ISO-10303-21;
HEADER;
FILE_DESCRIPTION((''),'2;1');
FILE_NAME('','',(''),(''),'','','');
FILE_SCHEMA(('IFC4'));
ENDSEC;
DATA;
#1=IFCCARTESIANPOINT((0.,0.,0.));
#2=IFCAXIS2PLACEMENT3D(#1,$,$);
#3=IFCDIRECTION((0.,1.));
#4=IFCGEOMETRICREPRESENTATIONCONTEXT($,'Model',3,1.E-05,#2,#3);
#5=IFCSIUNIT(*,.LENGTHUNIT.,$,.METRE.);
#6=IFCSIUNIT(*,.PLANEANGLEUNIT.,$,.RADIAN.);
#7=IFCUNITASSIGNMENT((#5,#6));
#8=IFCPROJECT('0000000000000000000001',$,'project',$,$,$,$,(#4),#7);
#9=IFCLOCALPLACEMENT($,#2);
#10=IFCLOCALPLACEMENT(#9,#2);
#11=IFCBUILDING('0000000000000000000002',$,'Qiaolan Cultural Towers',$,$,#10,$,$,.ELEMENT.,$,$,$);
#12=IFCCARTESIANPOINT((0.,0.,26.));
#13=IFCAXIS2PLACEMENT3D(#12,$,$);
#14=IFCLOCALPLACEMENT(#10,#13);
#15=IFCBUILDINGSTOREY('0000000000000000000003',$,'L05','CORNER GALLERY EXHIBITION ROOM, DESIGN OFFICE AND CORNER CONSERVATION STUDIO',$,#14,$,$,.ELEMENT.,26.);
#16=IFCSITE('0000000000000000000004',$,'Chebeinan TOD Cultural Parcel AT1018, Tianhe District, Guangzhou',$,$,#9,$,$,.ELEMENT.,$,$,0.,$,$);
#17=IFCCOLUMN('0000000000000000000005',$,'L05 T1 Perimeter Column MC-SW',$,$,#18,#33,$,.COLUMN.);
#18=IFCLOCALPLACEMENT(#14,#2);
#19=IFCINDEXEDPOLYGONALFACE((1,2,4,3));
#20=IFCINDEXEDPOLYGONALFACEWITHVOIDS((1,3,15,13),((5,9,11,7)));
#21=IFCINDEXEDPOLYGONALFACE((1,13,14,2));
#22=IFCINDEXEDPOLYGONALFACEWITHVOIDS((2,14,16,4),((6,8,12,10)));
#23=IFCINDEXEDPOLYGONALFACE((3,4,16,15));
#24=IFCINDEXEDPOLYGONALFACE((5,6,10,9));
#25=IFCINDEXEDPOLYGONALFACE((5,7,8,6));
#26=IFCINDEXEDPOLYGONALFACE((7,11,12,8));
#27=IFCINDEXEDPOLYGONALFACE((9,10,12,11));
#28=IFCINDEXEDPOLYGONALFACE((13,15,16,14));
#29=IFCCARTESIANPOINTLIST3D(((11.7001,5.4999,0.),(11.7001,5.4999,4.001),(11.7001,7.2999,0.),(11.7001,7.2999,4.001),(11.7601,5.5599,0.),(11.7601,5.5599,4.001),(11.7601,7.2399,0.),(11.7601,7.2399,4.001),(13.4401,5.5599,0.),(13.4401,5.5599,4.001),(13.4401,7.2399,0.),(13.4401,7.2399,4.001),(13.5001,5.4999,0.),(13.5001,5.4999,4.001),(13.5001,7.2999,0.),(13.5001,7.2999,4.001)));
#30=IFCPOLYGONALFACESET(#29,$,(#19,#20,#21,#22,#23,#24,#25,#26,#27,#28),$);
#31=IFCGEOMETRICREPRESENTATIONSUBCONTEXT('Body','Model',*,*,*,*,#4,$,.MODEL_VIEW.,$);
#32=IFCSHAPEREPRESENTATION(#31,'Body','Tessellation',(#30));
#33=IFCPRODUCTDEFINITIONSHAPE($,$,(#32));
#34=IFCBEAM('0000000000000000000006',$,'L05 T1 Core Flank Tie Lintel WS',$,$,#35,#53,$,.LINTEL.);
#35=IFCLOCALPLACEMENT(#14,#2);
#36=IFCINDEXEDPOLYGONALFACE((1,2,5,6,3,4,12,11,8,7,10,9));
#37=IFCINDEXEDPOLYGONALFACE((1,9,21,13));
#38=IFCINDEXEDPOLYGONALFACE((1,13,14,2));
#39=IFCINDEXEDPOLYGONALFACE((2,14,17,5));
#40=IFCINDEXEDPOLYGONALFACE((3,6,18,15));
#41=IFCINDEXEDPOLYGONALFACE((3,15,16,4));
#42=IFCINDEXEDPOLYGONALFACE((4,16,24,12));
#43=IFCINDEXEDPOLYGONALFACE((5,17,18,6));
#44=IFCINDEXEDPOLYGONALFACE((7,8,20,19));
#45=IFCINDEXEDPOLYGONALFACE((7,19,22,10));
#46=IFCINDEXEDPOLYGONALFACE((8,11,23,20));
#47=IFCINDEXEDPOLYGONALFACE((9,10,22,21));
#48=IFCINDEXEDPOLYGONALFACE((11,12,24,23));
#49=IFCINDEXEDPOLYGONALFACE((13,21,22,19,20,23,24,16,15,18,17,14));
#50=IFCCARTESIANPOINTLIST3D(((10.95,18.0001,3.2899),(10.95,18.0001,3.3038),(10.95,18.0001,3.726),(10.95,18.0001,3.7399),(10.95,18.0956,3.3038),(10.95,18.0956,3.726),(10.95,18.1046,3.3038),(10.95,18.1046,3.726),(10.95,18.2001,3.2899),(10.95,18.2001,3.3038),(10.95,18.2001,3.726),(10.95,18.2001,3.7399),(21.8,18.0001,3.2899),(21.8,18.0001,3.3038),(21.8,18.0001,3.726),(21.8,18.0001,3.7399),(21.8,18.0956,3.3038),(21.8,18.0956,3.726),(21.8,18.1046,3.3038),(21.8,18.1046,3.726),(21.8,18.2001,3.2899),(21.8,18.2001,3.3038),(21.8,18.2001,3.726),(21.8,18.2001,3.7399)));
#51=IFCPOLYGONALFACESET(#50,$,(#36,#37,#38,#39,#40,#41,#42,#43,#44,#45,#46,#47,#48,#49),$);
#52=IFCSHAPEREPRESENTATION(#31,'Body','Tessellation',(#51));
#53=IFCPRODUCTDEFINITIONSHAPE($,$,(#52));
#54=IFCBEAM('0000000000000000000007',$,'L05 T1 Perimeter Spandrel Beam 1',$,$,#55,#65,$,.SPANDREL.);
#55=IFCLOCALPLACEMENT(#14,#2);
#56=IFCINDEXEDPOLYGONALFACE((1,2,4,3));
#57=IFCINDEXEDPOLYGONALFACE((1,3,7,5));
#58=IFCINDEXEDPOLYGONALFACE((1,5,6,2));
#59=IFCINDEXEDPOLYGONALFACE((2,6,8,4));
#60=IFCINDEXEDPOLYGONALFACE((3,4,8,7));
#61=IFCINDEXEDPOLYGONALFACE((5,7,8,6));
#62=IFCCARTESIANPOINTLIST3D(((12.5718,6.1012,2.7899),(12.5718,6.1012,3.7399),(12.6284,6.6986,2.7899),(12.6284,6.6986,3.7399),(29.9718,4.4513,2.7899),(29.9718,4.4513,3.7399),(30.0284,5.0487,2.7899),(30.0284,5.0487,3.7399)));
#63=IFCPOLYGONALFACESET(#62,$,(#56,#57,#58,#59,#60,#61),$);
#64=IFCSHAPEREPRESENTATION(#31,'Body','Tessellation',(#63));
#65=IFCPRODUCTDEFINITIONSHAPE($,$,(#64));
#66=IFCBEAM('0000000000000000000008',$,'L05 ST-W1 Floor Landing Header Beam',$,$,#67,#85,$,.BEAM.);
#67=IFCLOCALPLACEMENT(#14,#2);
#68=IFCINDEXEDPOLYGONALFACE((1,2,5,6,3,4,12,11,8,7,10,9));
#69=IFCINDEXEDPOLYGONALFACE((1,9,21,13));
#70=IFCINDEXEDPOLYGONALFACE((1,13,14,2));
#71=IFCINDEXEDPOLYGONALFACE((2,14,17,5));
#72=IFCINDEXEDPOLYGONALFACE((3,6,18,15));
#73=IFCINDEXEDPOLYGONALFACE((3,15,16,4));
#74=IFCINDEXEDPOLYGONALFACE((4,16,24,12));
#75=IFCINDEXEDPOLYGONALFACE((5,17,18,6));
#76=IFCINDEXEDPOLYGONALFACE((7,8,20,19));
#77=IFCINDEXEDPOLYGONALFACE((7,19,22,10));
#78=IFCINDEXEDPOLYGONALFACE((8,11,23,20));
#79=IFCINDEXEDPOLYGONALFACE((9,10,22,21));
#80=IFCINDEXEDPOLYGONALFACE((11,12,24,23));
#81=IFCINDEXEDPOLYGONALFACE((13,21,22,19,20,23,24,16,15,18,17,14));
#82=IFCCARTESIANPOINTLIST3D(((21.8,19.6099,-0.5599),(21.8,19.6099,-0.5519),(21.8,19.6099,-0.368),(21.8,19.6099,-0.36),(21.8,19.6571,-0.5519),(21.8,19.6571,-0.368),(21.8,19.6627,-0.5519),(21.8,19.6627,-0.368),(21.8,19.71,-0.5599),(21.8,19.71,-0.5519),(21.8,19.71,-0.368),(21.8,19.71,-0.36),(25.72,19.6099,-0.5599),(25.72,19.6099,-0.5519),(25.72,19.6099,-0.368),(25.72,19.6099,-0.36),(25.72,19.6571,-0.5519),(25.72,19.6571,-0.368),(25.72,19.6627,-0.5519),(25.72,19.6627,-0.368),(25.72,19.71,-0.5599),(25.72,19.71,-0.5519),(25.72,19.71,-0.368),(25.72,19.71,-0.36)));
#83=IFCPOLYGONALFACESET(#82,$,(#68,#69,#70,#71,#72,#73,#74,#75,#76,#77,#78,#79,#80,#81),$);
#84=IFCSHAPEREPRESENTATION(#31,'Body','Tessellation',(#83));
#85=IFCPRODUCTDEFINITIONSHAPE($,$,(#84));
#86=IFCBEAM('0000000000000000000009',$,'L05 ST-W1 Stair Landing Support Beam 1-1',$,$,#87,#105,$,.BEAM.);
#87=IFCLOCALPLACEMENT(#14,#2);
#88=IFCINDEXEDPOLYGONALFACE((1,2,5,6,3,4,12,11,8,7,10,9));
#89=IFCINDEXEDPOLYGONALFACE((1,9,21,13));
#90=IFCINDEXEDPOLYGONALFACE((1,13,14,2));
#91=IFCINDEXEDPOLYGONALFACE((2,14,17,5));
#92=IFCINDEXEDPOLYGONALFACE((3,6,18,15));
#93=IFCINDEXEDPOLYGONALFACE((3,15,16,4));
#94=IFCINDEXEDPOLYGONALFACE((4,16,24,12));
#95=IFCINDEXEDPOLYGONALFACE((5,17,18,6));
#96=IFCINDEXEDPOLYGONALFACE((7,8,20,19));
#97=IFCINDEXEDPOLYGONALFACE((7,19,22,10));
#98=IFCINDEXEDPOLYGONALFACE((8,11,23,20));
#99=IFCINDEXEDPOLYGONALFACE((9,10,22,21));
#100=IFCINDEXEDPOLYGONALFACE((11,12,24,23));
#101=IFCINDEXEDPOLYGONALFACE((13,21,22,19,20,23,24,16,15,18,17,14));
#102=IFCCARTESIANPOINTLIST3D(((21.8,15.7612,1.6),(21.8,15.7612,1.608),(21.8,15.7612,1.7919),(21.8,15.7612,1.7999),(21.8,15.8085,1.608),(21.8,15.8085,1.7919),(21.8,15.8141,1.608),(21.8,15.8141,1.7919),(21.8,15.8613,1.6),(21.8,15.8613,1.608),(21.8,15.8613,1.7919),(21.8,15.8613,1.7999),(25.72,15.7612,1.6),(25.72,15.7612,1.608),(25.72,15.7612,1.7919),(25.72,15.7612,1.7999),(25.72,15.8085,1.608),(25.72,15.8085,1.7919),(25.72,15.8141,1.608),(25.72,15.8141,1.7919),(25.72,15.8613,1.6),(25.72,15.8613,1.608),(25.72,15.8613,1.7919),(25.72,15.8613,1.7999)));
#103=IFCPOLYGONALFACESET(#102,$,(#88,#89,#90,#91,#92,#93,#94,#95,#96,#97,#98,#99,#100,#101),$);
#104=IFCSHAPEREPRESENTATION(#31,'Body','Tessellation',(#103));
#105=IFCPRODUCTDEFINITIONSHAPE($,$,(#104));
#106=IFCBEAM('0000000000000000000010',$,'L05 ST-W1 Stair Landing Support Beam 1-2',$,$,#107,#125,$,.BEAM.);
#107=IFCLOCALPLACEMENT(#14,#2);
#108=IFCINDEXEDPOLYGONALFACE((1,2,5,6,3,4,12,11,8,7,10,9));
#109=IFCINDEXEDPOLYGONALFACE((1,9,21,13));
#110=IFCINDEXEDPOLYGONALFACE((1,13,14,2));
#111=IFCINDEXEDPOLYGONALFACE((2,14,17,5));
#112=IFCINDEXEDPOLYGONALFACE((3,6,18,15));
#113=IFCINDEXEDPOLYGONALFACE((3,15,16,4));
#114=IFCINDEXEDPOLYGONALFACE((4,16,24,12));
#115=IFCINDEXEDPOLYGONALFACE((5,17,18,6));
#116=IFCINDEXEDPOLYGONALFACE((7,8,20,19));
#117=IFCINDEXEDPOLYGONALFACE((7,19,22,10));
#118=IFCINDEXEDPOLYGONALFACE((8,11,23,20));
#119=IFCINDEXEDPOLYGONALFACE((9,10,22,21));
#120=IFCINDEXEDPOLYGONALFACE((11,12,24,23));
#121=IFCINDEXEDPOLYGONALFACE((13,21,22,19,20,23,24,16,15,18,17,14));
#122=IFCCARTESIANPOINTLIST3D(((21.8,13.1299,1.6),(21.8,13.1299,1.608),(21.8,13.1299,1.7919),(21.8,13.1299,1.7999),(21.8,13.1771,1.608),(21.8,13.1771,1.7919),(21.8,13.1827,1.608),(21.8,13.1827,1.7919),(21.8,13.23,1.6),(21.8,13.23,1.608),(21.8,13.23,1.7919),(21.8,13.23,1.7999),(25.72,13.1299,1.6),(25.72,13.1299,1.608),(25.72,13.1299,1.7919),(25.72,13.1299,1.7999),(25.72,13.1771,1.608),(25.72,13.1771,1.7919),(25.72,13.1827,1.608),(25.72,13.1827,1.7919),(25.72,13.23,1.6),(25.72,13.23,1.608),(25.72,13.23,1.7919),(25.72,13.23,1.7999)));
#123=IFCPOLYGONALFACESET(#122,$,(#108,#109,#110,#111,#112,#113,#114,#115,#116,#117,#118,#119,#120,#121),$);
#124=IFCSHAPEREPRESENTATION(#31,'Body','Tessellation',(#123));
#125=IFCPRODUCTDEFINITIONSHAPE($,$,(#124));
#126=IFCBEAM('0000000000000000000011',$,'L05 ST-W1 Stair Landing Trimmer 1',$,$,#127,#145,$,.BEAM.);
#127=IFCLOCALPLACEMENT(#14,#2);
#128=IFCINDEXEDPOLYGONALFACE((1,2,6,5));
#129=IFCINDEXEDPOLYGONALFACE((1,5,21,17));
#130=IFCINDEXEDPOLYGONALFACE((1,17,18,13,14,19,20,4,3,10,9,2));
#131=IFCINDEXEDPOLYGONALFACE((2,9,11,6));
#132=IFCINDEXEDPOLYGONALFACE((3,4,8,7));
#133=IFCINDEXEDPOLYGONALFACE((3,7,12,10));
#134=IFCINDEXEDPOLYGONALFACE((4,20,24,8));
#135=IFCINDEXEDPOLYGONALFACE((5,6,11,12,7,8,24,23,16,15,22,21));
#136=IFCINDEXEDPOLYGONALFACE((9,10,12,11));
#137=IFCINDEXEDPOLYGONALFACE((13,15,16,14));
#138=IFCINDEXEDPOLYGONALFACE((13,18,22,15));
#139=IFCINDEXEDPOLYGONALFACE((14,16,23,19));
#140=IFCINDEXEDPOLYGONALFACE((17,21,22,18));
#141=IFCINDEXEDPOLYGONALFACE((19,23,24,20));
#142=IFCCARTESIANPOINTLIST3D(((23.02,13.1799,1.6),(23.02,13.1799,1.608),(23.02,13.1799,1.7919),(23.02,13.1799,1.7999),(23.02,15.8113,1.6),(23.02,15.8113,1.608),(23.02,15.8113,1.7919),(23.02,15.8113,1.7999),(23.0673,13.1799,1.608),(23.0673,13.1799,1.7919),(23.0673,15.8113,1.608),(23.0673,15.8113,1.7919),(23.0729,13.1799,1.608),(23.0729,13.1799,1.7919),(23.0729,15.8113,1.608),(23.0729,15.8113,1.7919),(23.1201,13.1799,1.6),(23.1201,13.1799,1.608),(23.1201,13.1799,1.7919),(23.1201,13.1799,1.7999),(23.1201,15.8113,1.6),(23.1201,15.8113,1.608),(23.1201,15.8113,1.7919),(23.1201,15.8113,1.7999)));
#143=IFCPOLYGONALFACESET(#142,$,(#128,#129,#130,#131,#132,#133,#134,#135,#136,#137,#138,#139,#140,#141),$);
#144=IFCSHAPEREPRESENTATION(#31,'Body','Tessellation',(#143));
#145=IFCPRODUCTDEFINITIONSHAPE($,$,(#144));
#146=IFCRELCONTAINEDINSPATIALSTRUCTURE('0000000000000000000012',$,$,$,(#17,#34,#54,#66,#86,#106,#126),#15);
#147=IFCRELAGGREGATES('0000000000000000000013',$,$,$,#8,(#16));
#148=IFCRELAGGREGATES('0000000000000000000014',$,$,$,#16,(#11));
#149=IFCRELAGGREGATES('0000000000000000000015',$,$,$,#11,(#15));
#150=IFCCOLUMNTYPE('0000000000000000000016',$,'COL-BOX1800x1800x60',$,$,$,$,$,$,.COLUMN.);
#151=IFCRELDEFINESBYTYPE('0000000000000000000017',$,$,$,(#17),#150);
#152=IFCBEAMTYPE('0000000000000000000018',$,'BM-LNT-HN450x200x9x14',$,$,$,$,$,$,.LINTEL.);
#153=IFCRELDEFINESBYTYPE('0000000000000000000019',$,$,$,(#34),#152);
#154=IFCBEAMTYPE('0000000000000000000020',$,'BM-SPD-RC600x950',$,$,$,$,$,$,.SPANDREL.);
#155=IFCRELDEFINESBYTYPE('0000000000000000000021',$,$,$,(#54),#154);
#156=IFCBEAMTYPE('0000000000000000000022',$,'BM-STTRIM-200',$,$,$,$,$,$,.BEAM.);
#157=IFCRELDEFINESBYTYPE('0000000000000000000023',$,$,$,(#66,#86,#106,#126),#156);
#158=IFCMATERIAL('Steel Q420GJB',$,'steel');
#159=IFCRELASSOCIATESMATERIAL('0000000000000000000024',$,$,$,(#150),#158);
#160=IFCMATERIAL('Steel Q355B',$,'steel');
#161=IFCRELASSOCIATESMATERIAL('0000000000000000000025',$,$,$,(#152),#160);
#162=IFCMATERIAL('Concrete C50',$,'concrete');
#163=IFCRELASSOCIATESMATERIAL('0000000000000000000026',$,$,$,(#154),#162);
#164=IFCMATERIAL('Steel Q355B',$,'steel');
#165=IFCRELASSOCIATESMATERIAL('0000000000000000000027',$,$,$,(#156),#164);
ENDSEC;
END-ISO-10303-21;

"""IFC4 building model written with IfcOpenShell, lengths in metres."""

from ifc_helpers import new_model, si_unit, direction, frame, origin, origin_2d, place, context, subcontext, project, spatial, rectangle, hollow_rectangle, i_section, extrude, material, material_profile, profile_set, type_object, element, save


model = new_model("IFC4")

# Units and contexts
model_context = context("Model", 3, precision=1e-05, world=origin(), true_north=direction((0.0, 1.0)))
body_context = subcontext(model_context, "Body", "Model", "MODEL_VIEW")
ifc_project = project(units=[si_unit("LENGTHUNIT", "METRE"), si_unit("PLANEANGLEUNIT", "RADIAN")], contexts=[model_context])

# Site, building, storey
site_placement = place(None, origin())
site = spatial("IfcSite", under=ifc_project, at=site_placement, Name="Chebeinan TOD Cultural Parcel AT1018, Tianhe District, Guangzhou", CompositionType="ELEMENT", RefElevation=0.0)
building_placement = place(site_placement, origin())
building = spatial("IfcBuilding", under=site, at=building_placement, Name="Qiaolan Cultural Towers", CompositionType="ELEMENT")
storey_placement = place(building_placement, frame((0.0, 0.0, 26.0)))
storey = spatial("IfcBuildingStorey", under=building, at=storey_placement, Name="L05", Description="CORNER GALLERY EXHIBITION ROOM, DESIGN OFFICE AND CORNER CONSERVATION STUDIO", CompositionType="ELEMENT", Elevation=26.0)

# Column
ifc_material_1 = material(Name="Steel Q420GJB", Category="steel")
ifc_material_profile_1 = material_profile(ifc_material_1, hollow_rectangle(XDim=1.8, YDim=1.8, WallThickness=0.0601, at=origin_2d()), Name="BOX1800x1800x60")
ifc_profile_set_1 = profile_set([ifc_material_profile_1], Name="Steel Q420GJB")
column_type = type_object("IfcColumnType", Name="COL-BOX1800x1800x60", PredefinedType="COLUMN", material=ifc_profile_set_1)
column_placement = place(storey_placement, frame((12.6001, 6.3999, 0.0), z_axis=(0.0, 0.0, 1.0), x_axis=(1.0, 0.0, 0.0)))
element("IfcColumn", 1, at=column_placement, inside=storey, type_object=column_type, Name="L05 T1 Perimeter Column MC-SW", PredefinedType="COLUMN", context=body_context, shape_type="SweptSolid", body=[
    extrude(hollow_rectangle(XDim=1.8, YDim=1.8, WallThickness=0.0601, at=origin_2d()), origin(), (0.0, 0.0, 1.0), 4.001),
])

# Beams
ifc_material_2 = material(Name="Steel Q355B", Category="steel")
ifc_material_profile_2 = material_profile(ifc_material_2, i_section(OverallWidth=0.2, OverallDepth=0.45, WebThickness=0.009, FlangeThickness=0.0139, at=origin_2d()), Name="HN450x200x9x14")
ifc_profile_set_2 = profile_set([ifc_material_profile_2], Name="Steel Q355B")
beam_type_1 = type_object("IfcBeamType", Name="BM-LNT-HN450x200x9x14", PredefinedType="LINTEL", material=ifc_profile_set_2)
beam_1_placement = place(storey_placement, frame((21.8, 18.1001, 3.5149), z_axis=(-1.0, 0.0, 0.0), x_axis=(0.0, -1.0, 0.0)))
element("IfcBeam", 2, at=beam_1_placement, inside=storey, type_object=beam_type_1, Name="L05 T1 Core Flank Tie Lintel WS", PredefinedType="LINTEL", context=body_context, shape_type="SweptSolid", body=[
    extrude(i_section(OverallWidth=0.2, OverallDepth=0.45, WebThickness=0.009, FlangeThickness=0.0139, at=origin_2d()), origin(), (0.0, 0.0, 1.0), 10.8501),
])
ifc_material_3 = material(Name="Concrete C50", Category="concrete")
ifc_material_profile_3 = material_profile(ifc_material_3, rectangle(XDim=0.6001, YDim=0.95, at=origin_2d()), Name="RC600x950")
ifc_profile_set_3 = profile_set([ifc_material_profile_3], Name="Concrete C50")
beam_type_2 = type_object("IfcBeamType", Name="BM-SPD-RC600x950", PredefinedType="SPANDREL", material=ifc_profile_set_3)
beam_2_placement = place(storey_placement, frame((12.6001, 6.3999, 3.2649), z_axis=(0.995534, -0.094399, 0.0), x_axis=(0.094399, 0.995534, 0.0)))
element("IfcBeam", 3, at=beam_2_placement, inside=storey, type_object=beam_type_2, Name="L05 T1 Perimeter Spandrel Beam 1", PredefinedType="SPANDREL", context=body_context, shape_type="SweptSolid", body=[
    extrude(rectangle(XDim=0.6001, YDim=0.95, at=origin_2d()), origin(), (0.0, 0.0, 1.0), 17.478),
])
ifc_material_4 = material(Name="Steel Q355B", Category="steel")
ifc_material_profile_4 = material_profile(ifc_material_4, i_section(OverallWidth=0.1001, OverallDepth=0.2, WebThickness=0.0056, FlangeThickness=0.0081, at=origin_2d()), Name="HN200x100x5.5x8")
ifc_profile_set_4 = profile_set([ifc_material_profile_4], Name="Steel Q355B")
beam_type_3 = type_object("IfcBeamType", Name="BM-STTRIM-200", PredefinedType="BEAM", material=ifc_profile_set_4)
for number, where, z_axis, x_axis, name in (
    (4, (21.8, 19.6599, -0.46), (1.0, 0.0, 0.0), (0.0, 1.0, 0.0), "L05 ST-W1 Floor Landing Header Beam"),
    (5, (21.8, 15.8113, 1.7), (1.0, 0.0, 0.0), (0.0, 1.0, 0.0), "L05 ST-W1 Stair Landing Support Beam 1-1"),
    (6, (21.8, 13.1799, 1.7), (1.0, 0.0, 0.0), (0.0, 1.0, 0.0), "L05 ST-W1 Stair Landing Support Beam 1-2"),
):
    element("IfcBeam", number, at=place(storey_placement, frame(where, z_axis=z_axis, x_axis=x_axis)), inside=storey, type_object=beam_type_3, Name=name, PredefinedType="BEAM", context=body_context, shape_type="SweptSolid", body=[
        extrude(i_section(OverallWidth=0.1001, OverallDepth=0.2, WebThickness=0.0056, FlangeThickness=0.0081, at=origin_2d()), origin(), (0.0, 0.0, 1.0), 3.9199),
    ])
beam_3_placement = place(storey_placement, frame((23.0701, 15.8113, 1.7), z_axis=(0.0, -1.0, 0.0), x_axis=(1.0, 0.0, 0.0)))
element("IfcBeam", 7, at=beam_3_placement, inside=storey, type_object=beam_type_3, Name="L05 ST-W1 Stair Landing Trimmer 1", PredefinedType="BEAM", context=body_context, shape_type="SweptSolid", body=[
    extrude(i_section(OverallWidth=0.1001, OverallDepth=0.2, WebThickness=0.0056, FlangeThickness=0.0081, at=origin_2d()), origin(), (0.0, 0.0, 1.0), 2.6313),
])

save(model, "model.ifc")
